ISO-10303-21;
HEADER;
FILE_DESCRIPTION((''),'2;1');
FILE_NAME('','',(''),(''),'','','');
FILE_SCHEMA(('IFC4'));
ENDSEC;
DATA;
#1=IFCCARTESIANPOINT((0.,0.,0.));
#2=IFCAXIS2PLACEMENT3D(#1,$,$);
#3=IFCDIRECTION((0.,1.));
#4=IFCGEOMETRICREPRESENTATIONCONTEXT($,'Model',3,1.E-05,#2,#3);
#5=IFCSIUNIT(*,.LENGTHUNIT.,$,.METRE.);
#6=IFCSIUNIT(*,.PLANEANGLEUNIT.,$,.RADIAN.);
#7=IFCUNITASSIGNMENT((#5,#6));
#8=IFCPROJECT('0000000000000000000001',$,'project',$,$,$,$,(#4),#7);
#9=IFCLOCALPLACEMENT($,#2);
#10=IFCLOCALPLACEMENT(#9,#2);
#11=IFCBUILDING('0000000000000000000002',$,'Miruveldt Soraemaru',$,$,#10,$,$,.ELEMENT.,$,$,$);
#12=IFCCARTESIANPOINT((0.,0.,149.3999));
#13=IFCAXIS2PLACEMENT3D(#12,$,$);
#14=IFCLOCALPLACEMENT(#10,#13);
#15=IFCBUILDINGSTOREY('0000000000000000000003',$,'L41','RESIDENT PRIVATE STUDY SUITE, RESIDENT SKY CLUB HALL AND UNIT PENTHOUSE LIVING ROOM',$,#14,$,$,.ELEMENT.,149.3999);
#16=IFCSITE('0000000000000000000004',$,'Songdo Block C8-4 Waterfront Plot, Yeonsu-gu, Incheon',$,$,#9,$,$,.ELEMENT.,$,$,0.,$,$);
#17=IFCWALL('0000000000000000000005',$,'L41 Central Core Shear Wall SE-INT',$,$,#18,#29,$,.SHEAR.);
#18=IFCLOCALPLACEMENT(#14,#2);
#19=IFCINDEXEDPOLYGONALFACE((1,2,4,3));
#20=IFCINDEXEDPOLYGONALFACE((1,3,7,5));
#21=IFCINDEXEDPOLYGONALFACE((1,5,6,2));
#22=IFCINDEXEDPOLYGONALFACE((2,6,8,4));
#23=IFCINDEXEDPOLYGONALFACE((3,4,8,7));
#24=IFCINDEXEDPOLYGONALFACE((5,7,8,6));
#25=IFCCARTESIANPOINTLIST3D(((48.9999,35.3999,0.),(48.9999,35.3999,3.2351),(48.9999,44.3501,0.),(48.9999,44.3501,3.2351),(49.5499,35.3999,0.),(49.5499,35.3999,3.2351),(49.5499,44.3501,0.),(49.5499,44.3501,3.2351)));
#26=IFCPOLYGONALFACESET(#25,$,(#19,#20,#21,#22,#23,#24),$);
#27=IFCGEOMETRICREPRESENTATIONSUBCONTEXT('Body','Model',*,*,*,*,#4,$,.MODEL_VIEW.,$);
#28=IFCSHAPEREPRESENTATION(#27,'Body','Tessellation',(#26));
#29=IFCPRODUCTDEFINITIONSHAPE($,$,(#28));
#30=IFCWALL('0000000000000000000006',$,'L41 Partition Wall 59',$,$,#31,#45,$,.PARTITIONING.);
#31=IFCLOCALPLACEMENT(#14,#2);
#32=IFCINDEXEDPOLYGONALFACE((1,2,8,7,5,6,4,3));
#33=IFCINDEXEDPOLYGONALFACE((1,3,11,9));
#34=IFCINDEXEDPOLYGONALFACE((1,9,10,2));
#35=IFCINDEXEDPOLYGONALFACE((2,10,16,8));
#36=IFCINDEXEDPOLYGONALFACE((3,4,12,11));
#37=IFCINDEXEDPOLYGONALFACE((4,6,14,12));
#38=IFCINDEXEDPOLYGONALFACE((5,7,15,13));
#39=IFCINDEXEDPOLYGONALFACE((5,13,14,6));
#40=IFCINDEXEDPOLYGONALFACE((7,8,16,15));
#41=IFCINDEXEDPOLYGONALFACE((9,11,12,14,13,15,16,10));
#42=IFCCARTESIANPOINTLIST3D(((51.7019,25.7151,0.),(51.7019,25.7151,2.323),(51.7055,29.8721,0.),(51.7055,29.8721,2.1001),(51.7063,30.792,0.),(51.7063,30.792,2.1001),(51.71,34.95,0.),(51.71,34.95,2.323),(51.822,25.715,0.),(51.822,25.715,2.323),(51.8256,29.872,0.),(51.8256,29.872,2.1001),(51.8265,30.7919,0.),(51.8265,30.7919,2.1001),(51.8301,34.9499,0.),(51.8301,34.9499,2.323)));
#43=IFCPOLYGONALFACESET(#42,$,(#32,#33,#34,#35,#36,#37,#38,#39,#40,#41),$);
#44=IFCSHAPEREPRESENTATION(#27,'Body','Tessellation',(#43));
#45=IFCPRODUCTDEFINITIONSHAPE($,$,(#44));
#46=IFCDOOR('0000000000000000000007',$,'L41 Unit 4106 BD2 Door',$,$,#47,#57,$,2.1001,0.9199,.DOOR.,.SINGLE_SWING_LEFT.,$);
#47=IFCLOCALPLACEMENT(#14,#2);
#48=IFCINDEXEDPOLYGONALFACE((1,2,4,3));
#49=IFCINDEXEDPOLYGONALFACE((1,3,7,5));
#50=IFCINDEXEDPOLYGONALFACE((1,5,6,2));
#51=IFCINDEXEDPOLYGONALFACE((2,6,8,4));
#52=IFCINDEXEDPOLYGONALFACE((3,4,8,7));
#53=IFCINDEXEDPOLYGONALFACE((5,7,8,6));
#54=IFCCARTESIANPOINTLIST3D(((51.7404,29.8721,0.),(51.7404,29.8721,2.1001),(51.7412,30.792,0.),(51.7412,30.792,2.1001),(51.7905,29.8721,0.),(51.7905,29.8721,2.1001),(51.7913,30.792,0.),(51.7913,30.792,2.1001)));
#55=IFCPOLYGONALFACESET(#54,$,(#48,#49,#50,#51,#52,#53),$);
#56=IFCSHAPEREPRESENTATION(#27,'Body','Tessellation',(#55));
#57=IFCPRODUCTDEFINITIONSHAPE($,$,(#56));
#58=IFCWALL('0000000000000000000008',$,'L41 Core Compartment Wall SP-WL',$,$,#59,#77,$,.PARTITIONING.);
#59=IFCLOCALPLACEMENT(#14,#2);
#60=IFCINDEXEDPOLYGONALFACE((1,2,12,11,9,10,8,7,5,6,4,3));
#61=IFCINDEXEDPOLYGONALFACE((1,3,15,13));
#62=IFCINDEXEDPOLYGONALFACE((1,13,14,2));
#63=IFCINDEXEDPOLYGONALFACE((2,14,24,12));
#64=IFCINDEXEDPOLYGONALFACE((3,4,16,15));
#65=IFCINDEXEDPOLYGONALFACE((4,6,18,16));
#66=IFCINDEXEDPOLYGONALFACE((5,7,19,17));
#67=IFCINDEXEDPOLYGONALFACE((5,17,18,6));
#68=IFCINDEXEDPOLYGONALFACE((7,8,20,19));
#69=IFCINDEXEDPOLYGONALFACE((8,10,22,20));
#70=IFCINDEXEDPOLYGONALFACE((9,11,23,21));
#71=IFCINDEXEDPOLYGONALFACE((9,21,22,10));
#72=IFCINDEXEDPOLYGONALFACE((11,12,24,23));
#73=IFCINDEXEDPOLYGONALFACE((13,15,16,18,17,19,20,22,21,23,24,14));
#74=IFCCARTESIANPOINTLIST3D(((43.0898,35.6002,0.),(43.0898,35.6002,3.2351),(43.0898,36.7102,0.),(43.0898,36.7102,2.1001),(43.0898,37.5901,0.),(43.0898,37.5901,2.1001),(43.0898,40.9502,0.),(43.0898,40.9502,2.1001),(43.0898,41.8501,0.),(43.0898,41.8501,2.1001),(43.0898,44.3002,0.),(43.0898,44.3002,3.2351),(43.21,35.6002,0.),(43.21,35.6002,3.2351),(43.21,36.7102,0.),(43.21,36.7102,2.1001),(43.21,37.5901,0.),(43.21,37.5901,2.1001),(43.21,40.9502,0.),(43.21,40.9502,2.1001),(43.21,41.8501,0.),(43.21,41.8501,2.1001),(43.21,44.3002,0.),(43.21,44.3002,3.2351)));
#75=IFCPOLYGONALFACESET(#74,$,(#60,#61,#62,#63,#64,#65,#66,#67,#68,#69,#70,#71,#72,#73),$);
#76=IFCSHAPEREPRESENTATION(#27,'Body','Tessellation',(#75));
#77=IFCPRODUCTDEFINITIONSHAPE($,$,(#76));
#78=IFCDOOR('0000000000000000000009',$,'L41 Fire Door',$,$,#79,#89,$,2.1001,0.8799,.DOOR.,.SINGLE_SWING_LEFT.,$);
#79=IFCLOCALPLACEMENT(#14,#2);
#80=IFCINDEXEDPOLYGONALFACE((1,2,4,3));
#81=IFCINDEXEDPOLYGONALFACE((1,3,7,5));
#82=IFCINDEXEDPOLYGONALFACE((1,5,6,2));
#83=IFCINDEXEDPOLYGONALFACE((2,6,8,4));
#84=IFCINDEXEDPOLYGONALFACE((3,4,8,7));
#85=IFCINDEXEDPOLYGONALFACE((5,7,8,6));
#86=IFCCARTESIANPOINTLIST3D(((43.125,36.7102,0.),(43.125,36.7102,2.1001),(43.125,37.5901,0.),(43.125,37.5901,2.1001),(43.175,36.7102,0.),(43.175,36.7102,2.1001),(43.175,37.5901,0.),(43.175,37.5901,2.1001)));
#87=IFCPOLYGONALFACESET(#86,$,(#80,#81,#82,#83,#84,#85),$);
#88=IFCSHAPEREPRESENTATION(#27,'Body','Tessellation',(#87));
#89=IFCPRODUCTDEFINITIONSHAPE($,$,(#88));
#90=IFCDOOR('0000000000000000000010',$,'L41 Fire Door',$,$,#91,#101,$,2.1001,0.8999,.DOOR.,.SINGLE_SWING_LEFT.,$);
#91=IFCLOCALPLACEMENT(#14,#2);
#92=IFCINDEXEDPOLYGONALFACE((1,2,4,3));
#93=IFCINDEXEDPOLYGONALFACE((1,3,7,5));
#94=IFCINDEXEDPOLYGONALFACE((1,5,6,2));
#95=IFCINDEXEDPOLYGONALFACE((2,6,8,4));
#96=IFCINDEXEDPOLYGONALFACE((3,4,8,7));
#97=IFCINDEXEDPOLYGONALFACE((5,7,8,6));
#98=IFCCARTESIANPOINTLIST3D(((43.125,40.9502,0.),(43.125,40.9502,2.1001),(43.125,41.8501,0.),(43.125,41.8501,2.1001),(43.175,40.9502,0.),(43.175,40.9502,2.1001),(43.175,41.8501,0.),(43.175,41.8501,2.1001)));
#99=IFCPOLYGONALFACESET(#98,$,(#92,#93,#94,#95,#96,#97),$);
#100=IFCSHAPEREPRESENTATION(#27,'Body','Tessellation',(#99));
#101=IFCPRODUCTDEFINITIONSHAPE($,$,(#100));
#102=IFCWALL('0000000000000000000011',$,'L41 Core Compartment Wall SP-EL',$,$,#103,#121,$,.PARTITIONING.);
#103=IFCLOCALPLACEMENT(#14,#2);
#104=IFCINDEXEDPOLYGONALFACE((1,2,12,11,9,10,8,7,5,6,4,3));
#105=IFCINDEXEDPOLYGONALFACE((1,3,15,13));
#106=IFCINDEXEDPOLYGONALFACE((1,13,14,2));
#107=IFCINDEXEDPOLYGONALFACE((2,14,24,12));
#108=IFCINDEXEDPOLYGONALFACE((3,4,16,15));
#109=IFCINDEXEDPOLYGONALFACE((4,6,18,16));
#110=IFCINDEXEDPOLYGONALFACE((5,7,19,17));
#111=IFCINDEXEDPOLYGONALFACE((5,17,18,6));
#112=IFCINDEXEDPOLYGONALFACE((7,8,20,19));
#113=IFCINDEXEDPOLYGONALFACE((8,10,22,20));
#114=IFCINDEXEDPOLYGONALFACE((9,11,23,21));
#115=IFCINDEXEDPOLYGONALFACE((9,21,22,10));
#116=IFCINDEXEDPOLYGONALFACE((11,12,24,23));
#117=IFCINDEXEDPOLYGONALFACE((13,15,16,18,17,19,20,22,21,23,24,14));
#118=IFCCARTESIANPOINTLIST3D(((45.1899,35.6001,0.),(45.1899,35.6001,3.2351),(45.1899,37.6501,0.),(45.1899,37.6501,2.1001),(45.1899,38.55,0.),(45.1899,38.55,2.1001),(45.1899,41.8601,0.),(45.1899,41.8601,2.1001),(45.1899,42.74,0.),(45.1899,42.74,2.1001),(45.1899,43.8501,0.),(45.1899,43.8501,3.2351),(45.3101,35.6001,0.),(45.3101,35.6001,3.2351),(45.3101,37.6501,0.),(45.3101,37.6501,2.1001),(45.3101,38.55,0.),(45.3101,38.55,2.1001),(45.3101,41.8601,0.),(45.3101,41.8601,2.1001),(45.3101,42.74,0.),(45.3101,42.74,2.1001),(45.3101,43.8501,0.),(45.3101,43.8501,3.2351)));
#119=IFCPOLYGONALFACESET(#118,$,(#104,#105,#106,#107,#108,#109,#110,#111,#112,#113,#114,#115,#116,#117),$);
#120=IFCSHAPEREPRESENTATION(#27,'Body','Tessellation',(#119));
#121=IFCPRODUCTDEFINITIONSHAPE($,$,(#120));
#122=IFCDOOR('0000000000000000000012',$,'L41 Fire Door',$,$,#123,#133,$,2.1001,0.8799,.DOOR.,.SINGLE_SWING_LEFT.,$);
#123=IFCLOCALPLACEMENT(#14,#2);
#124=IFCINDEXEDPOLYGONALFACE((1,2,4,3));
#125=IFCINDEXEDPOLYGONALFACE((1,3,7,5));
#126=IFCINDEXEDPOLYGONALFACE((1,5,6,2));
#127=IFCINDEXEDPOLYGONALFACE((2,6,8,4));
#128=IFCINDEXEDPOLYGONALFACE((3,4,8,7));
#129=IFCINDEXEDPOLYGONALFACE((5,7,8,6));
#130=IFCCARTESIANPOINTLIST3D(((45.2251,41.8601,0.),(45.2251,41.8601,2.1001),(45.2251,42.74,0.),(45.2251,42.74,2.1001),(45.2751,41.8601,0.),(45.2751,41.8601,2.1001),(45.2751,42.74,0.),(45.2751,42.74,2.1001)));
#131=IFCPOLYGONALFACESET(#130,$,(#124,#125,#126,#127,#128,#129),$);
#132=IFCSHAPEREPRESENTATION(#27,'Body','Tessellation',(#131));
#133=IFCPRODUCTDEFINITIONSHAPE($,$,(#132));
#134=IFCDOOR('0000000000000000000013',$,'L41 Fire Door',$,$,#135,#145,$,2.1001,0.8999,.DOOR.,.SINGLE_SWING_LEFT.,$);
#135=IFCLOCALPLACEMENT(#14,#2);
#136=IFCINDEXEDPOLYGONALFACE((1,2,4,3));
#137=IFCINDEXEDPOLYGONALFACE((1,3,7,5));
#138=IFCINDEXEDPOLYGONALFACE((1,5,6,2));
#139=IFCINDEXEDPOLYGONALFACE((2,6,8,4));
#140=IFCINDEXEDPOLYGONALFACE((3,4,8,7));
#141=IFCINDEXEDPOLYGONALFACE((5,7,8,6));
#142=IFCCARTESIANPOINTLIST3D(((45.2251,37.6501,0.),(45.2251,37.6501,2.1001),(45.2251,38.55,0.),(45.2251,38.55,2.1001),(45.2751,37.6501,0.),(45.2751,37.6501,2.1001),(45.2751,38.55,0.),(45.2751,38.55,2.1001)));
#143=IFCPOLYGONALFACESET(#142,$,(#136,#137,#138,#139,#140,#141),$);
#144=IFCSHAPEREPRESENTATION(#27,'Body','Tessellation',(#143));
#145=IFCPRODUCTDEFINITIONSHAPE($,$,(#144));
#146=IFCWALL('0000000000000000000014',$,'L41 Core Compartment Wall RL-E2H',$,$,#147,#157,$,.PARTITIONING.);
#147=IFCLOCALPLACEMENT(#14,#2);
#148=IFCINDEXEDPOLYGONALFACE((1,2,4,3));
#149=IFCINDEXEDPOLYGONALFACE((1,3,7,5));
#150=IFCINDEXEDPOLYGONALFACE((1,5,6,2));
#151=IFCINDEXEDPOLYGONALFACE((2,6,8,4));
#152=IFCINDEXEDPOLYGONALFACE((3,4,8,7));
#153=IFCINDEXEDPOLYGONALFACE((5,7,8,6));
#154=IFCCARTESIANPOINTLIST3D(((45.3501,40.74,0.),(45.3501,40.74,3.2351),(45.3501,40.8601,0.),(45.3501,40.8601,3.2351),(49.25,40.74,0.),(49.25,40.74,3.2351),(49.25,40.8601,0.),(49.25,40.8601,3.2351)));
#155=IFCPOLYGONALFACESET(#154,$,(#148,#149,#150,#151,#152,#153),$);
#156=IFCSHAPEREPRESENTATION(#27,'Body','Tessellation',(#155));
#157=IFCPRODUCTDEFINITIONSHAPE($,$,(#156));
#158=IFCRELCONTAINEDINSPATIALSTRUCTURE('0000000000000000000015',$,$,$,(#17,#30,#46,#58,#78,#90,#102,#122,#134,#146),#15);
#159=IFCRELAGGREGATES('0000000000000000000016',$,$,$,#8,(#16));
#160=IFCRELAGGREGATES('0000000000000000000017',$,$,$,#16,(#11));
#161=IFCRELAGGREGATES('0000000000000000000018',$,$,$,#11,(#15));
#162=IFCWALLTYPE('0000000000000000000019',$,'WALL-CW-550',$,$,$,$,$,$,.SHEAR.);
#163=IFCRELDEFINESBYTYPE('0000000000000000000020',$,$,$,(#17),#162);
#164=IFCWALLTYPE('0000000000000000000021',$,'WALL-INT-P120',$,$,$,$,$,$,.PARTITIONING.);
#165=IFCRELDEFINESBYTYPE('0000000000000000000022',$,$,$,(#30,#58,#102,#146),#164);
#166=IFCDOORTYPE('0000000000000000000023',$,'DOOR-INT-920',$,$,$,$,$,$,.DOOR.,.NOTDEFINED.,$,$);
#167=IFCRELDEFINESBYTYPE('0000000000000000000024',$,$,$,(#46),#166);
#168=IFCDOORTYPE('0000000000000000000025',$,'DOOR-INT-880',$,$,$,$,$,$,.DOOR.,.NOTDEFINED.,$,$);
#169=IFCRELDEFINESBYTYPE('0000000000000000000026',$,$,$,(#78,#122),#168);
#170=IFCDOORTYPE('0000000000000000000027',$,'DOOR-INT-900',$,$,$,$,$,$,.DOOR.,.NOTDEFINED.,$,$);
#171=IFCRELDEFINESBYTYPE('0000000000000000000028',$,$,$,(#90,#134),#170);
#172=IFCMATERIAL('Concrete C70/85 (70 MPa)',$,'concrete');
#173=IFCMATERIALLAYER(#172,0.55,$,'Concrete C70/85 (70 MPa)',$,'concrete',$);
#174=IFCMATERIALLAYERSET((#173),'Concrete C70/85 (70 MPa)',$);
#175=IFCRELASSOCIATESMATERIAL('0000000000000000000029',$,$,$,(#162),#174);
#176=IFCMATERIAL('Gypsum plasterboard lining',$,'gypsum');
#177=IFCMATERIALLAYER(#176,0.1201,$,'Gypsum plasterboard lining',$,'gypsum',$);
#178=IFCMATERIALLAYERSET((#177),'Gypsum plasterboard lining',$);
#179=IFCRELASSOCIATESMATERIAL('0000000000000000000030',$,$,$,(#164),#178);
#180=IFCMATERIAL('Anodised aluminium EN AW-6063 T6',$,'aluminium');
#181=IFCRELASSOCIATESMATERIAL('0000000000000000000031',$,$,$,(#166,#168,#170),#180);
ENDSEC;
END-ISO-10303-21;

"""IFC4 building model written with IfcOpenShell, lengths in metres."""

from ifc_helpers import new_model, si_unit, direction, frame, frame_2d, origin, place, context, subcontext, project, spatial, rectangle, extrude, material, layer, layer_set, type_object, element, fill, save


model = new_model("IFC4")

# Units and contexts
model_context = context("Model", 3, precision=1e-05, world=origin(), true_north=direction((0.0, 1.0)))
body_context = subcontext(model_context, "Body", "Model", "MODEL_VIEW")
ifc_project = project(units=[si_unit("LENGTHUNIT", "METRE"), si_unit("PLANEANGLEUNIT", "RADIAN")], contexts=[model_context])

# Site, building, storey
site_placement = place(None, origin())
site = spatial("IfcSite", under=ifc_project, at=site_placement, Name="Songdo Block C8-4 Waterfront Plot, Yeonsu-gu, Incheon", CompositionType="ELEMENT", RefElevation=0.0)
building_placement = place(site_placement, origin())
building = spatial("IfcBuilding", under=site, at=building_placement, Name="Miruveldt Soraemaru", CompositionType="ELEMENT")
storey_placement = place(building_placement, frame((0.0, 0.0, 149.3999)))
storey = spatial("IfcBuildingStorey", under=building, at=storey_placement, Name="L41", Description="RESIDENT PRIVATE STUDY SUITE, RESIDENT SKY CLUB HALL AND UNIT PENTHOUSE LIVING ROOM", CompositionType="ELEMENT", Elevation=149.3999)

# Wall
ifc_material_1 = material(Name="Concrete C70/85 (70 MPa)", Category="concrete")
ifc_layer_1 = layer(ifc_material_1, 0.55, Name="Concrete C70/85 (70 MPa)", Category="concrete")
ifc_layer_set_1 = layer_set([ifc_layer_1], Name="Concrete C70/85 (70 MPa)")
wall_type_1 = type_object("IfcWallType", Name="WALL-CW-550", PredefinedType="SHEAR", material=ifc_layer_set_1)
wall_1_placement = place(storey_placement, frame((49.2749, 35.3999, 0.0), z_axis=(0.0, 0.0, 1.0), x_axis=(0.0, 1.0, 0.0)))
element("IfcWall", 1, at=wall_1_placement, inside=storey, type_object=wall_type_1, Name="L41 Central Core Shear Wall SE-INT", PredefinedType="SHEAR", context=body_context, shape_type="SweptSolid", body=[
    extrude(rectangle(XDim=8.9502, YDim=0.55, at=frame_2d((4.4751, 0.0))), origin(), (0.0, 0.0, 1.0), 3.2351),
])

# Wall, opening, door
ifc_material_2 = material(Name="Gypsum plasterboard lining", Category="gypsum")
ifc_layer_2 = layer(ifc_material_2, 0.1201, Name="Gypsum plasterboard lining", Category="gypsum")
ifc_layer_set_2 = layer_set([ifc_layer_2], Name="Gypsum plasterboard lining")
wall_type_2 = type_object("IfcWallType", Name="WALL-INT-P120", PredefinedType="PARTITIONING", material=ifc_layer_set_2)
wall_2_placement = place(storey_placement, frame((51.77, 34.95, 0.0), z_axis=(0.0, 0.0, 1.0), x_axis=(-0.000872, -1.0, 0.0)))
wall_2 = element("IfcWall", 2, at=wall_2_placement, inside=storey, type_object=wall_type_2, Name="L41 Partition Wall 59", PredefinedType="PARTITIONING", context=body_context, shape_type="SweptSolid", body=[
    extrude(rectangle(XDim=9.2349, YDim=0.1201, at=frame_2d((4.6174, 0.0))), origin(), (0.0, 0.0, 1.0), 2.323),
])
opening_1_placement = place(wall_2_placement, frame((4.158, 0.0, 0.0)))
opening_1 = element("IfcOpeningElement", 3, at=opening_1_placement, cuts=wall_2, PredefinedType="OPENING", context=body_context, shape_type="SweptSolid", body=[
    extrude(rectangle(XDim=0.9199, YDim=2.1001, at=frame_2d((0.46, 1.05))), frame((0.0, 0.0701, 0.0), z_axis=(0.0, -1.0, 0.0), x_axis=(1.0, 0.0, 0.0)), (0.0, 0.0, 1.0), 0.1401),
])
ifc_material_3 = material(Name="Anodised aluminium EN AW-6063 T6", Category="aluminium")
door_type_1 = type_object("IfcDoorType", Name="DOOR-INT-920", OperationType="NOTDEFINED", PredefinedType="DOOR", material=ifc_material_3)
door_1_placement = place(opening_1_placement, origin())
door_1 = element("IfcDoor", 4, at=door_1_placement, inside=storey, type_object=door_type_1, Name="L41 Unit 4106 BD2 Door", OperationType="SINGLE_SWING_LEFT", OverallHeight=2.1001, OverallWidth=0.9199, PredefinedType="DOOR", context=body_context, shape_type="SweptSolid", body=[
    extrude(rectangle(XDim=0.9199, YDim=2.1001, at=frame_2d((0.46, 1.05))), frame((0.0, 0.0249, 0.0), z_axis=(0.0, -1.0, 0.0), x_axis=(1.0, 0.0, 0.0)), (0.0, 0.0, 1.0), 0.05),
])
fill(opening_1, door_1)

# Walls, openings, doors
wall_3_placement = place(storey_placement, frame((43.1499, 35.6001, 0.0), z_axis=(0.0, 0.0, 1.0), x_axis=(0.0, 1.0, 0.0)))
wall_3 = element("IfcWall", 5, at=wall_3_placement, inside=storey, type_object=wall_type_2, Name="L41 Core Compartment Wall SP-WL", PredefinedType="PARTITIONING", context=body_context, shape_type="SweptSolid", body=[
    extrude(rectangle(XDim=8.7, YDim=0.1201, at=frame_2d((4.3501, 0.0))), origin(), (0.0, 0.0, 1.0), 3.2351),
])
opening_2_placement = place(wall_3_placement, frame((1.1101, 0.0, 0.0)))
opening_2 = element("IfcOpeningElement", 6, at=opening_2_placement, cuts=wall_3, PredefinedType="OPENING", context=body_context, shape_type="SweptSolid", body=[
    extrude(rectangle(XDim=0.8799, YDim=2.1001, at=frame_2d((0.4399, 1.05))), frame((0.0, 0.0701, 0.0), z_axis=(0.0, -1.0, 0.0), x_axis=(1.0, 0.0, 0.0)), (0.0, 0.0, 1.0), 0.1401),
])
opening_3_placement = place(wall_3_placement, frame((5.3501, 0.0, 0.0)))
opening_3 = element("IfcOpeningElement", 7, at=opening_3_placement, cuts=wall_3, PredefinedType="OPENING", context=body_context, shape_type="SweptSolid", body=[
    extrude(rectangle(XDim=0.8999, YDim=2.1001, at=frame_2d((0.45, 1.05))), frame((0.0, 0.0701, 0.0), z_axis=(0.0, -1.0, 0.0), x_axis=(1.0, 0.0, 0.0)), (0.0, 0.0, 1.0), 0.1401),
])
door_type_2 = type_object("IfcDoorType", Name="DOOR-INT-880", OperationType="NOTDEFINED", PredefinedType="DOOR", material=ifc_material_3)
door_2_placement = place(opening_2_placement, origin())
door_2 = element("IfcDoor", 8, at=door_2_placement, inside=storey, type_object=door_type_2, Name="L41 Fire Door", OperationType="SINGLE_SWING_LEFT", OverallHeight=2.1001, OverallWidth=0.8799, PredefinedType="DOOR", context=body_context, shape_type="SweptSolid", body=[
    extrude(rectangle(XDim=0.8799, YDim=2.1001, at=frame_2d((0.4399, 1.05))), frame((0.0, 0.0249, 0.0), z_axis=(0.0, -1.0, 0.0), x_axis=(1.0, 0.0, 0.0)), (0.0, 0.0, 1.0), 0.05),
])
fill(opening_2, door_2)
door_type_3 = type_object("IfcDoorType", Name="DOOR-INT-900", OperationType="NOTDEFINED", PredefinedType="DOOR", material=ifc_material_3)
door_3_placement = place(opening_3_placement, origin())
door_3 = element("IfcDoor", 9, at=door_3_placement, inside=storey, type_object=door_type_3, Name="L41 Fire Door", OperationType="SINGLE_SWING_LEFT", OverallHeight=2.1001, OverallWidth=0.8999, PredefinedType="DOOR", context=body_context, shape_type="SweptSolid", body=[
    extrude(rectangle(XDim=0.8999, YDim=2.1001, at=frame_2d((0.45, 1.05))), frame((0.0, 0.0249, 0.0), z_axis=(0.0, -1.0, 0.0), x_axis=(1.0, 0.0, 0.0)), (0.0, 0.0, 1.0), 0.05),
])
fill(opening_3, door_3)
wall_4_placement = place(storey_placement, frame((45.25, 35.6001, 0.0), z_axis=(0.0, 0.0, 1.0), x_axis=(0.0, 1.0, 0.0)))
wall_4 = element("IfcWall", 10, at=wall_4_placement, inside=storey, type_object=wall_type_2, Name="L41 Core Compartment Wall SP-EL", PredefinedType="PARTITIONING", context=body_context, shape_type="SweptSolid", body=[
    extrude(rectangle(XDim=8.25, YDim=0.1201, at=frame_2d((4.125, 0.0))), origin(), (0.0, 0.0, 1.0), 3.2351),
])
opening_4_placement = place(wall_4_placement, frame((2.05, 0.0, 0.0)))
opening_4 = element("IfcOpeningElement", 11, at=opening_4_placement, cuts=wall_4, PredefinedType="OPENING", context=body_context, shape_type="SweptSolid", body=[
    extrude(rectangle(XDim=0.8999, YDim=2.1001, at=frame_2d((0.45, 1.05))), frame((0.0, 0.0701, 0.0), z_axis=(0.0, -1.0, 0.0), x_axis=(1.0, 0.0, 0.0)), (0.0, 0.0, 1.0), 0.1401),
])
opening_5_placement = place(wall_4_placement, frame((6.26, 0.0, 0.0)))
opening_5 = element("IfcOpeningElement", 12, at=opening_5_placement, cuts=wall_4, PredefinedType="OPENING", context=body_context, shape_type="SweptSolid", body=[
    extrude(rectangle(XDim=0.8799, YDim=2.1001, at=frame_2d((0.4399, 1.05))), frame((0.0, 0.0701, 0.0), z_axis=(0.0, -1.0, 0.0), x_axis=(1.0, 0.0, 0.0)), (0.0, 0.0, 1.0), 0.1401),
])
door_4_placement = place(opening_5_placement, origin())
door_4 = element("IfcDoor", 13, at=door_4_placement, inside=storey, type_object=door_type_2, Name="L41 Fire Door", OperationType="SINGLE_SWING_LEFT", OverallHeight=2.1001, OverallWidth=0.8799, PredefinedType="DOOR", context=body_context, shape_type="SweptSolid", body=[
    extrude(rectangle(XDim=0.8799, YDim=2.1001, at=frame_2d((0.4399, 1.05))), frame((0.0, 0.0249, 0.0), z_axis=(0.0, -1.0, 0.0), x_axis=(1.0, 0.0, 0.0)), (0.0, 0.0, 1.0), 0.05),
])
fill(opening_5, door_4)
door_5_placement = place(opening_4_placement, origin())
door_5 = element("IfcDoor", 14, at=door_5_placement, inside=storey, type_object=door_type_3, Name="L41 Fire Door", OperationType="SINGLE_SWING_LEFT", OverallHeight=2.1001, OverallWidth=0.8999, PredefinedType="DOOR", context=body_context, shape_type="SweptSolid", body=[
    extrude(rectangle(XDim=0.8999, YDim=2.1001, at=frame_2d((0.45, 1.05))), frame((0.0, 0.0249, 0.0), z_axis=(0.0, -1.0, 0.0), x_axis=(1.0, 0.0, 0.0)), (0.0, 0.0, 1.0), 0.05),
])
fill(opening_4, door_5)

# Wall
wall_5_placement = place(storey_placement, frame((45.3501, 40.8, 0.0), z_axis=(0.0, 0.0, 1.0), x_axis=(1.0, 0.0, 0.0)))
element("IfcWall", 15, at=wall_5_placement, inside=storey, type_object=wall_type_2, Name="L41 Core Compartment Wall RL-E2H", PredefinedType="PARTITIONING", context=body_context, shape_type="SweptSolid", body=[
    extrude(rectangle(XDim=3.8999, YDim=0.1201, at=frame_2d((1.95, 0.0))), origin(), (0.0, 0.0, 1.0), 3.2351),
])

save(model, "model.ifc")
